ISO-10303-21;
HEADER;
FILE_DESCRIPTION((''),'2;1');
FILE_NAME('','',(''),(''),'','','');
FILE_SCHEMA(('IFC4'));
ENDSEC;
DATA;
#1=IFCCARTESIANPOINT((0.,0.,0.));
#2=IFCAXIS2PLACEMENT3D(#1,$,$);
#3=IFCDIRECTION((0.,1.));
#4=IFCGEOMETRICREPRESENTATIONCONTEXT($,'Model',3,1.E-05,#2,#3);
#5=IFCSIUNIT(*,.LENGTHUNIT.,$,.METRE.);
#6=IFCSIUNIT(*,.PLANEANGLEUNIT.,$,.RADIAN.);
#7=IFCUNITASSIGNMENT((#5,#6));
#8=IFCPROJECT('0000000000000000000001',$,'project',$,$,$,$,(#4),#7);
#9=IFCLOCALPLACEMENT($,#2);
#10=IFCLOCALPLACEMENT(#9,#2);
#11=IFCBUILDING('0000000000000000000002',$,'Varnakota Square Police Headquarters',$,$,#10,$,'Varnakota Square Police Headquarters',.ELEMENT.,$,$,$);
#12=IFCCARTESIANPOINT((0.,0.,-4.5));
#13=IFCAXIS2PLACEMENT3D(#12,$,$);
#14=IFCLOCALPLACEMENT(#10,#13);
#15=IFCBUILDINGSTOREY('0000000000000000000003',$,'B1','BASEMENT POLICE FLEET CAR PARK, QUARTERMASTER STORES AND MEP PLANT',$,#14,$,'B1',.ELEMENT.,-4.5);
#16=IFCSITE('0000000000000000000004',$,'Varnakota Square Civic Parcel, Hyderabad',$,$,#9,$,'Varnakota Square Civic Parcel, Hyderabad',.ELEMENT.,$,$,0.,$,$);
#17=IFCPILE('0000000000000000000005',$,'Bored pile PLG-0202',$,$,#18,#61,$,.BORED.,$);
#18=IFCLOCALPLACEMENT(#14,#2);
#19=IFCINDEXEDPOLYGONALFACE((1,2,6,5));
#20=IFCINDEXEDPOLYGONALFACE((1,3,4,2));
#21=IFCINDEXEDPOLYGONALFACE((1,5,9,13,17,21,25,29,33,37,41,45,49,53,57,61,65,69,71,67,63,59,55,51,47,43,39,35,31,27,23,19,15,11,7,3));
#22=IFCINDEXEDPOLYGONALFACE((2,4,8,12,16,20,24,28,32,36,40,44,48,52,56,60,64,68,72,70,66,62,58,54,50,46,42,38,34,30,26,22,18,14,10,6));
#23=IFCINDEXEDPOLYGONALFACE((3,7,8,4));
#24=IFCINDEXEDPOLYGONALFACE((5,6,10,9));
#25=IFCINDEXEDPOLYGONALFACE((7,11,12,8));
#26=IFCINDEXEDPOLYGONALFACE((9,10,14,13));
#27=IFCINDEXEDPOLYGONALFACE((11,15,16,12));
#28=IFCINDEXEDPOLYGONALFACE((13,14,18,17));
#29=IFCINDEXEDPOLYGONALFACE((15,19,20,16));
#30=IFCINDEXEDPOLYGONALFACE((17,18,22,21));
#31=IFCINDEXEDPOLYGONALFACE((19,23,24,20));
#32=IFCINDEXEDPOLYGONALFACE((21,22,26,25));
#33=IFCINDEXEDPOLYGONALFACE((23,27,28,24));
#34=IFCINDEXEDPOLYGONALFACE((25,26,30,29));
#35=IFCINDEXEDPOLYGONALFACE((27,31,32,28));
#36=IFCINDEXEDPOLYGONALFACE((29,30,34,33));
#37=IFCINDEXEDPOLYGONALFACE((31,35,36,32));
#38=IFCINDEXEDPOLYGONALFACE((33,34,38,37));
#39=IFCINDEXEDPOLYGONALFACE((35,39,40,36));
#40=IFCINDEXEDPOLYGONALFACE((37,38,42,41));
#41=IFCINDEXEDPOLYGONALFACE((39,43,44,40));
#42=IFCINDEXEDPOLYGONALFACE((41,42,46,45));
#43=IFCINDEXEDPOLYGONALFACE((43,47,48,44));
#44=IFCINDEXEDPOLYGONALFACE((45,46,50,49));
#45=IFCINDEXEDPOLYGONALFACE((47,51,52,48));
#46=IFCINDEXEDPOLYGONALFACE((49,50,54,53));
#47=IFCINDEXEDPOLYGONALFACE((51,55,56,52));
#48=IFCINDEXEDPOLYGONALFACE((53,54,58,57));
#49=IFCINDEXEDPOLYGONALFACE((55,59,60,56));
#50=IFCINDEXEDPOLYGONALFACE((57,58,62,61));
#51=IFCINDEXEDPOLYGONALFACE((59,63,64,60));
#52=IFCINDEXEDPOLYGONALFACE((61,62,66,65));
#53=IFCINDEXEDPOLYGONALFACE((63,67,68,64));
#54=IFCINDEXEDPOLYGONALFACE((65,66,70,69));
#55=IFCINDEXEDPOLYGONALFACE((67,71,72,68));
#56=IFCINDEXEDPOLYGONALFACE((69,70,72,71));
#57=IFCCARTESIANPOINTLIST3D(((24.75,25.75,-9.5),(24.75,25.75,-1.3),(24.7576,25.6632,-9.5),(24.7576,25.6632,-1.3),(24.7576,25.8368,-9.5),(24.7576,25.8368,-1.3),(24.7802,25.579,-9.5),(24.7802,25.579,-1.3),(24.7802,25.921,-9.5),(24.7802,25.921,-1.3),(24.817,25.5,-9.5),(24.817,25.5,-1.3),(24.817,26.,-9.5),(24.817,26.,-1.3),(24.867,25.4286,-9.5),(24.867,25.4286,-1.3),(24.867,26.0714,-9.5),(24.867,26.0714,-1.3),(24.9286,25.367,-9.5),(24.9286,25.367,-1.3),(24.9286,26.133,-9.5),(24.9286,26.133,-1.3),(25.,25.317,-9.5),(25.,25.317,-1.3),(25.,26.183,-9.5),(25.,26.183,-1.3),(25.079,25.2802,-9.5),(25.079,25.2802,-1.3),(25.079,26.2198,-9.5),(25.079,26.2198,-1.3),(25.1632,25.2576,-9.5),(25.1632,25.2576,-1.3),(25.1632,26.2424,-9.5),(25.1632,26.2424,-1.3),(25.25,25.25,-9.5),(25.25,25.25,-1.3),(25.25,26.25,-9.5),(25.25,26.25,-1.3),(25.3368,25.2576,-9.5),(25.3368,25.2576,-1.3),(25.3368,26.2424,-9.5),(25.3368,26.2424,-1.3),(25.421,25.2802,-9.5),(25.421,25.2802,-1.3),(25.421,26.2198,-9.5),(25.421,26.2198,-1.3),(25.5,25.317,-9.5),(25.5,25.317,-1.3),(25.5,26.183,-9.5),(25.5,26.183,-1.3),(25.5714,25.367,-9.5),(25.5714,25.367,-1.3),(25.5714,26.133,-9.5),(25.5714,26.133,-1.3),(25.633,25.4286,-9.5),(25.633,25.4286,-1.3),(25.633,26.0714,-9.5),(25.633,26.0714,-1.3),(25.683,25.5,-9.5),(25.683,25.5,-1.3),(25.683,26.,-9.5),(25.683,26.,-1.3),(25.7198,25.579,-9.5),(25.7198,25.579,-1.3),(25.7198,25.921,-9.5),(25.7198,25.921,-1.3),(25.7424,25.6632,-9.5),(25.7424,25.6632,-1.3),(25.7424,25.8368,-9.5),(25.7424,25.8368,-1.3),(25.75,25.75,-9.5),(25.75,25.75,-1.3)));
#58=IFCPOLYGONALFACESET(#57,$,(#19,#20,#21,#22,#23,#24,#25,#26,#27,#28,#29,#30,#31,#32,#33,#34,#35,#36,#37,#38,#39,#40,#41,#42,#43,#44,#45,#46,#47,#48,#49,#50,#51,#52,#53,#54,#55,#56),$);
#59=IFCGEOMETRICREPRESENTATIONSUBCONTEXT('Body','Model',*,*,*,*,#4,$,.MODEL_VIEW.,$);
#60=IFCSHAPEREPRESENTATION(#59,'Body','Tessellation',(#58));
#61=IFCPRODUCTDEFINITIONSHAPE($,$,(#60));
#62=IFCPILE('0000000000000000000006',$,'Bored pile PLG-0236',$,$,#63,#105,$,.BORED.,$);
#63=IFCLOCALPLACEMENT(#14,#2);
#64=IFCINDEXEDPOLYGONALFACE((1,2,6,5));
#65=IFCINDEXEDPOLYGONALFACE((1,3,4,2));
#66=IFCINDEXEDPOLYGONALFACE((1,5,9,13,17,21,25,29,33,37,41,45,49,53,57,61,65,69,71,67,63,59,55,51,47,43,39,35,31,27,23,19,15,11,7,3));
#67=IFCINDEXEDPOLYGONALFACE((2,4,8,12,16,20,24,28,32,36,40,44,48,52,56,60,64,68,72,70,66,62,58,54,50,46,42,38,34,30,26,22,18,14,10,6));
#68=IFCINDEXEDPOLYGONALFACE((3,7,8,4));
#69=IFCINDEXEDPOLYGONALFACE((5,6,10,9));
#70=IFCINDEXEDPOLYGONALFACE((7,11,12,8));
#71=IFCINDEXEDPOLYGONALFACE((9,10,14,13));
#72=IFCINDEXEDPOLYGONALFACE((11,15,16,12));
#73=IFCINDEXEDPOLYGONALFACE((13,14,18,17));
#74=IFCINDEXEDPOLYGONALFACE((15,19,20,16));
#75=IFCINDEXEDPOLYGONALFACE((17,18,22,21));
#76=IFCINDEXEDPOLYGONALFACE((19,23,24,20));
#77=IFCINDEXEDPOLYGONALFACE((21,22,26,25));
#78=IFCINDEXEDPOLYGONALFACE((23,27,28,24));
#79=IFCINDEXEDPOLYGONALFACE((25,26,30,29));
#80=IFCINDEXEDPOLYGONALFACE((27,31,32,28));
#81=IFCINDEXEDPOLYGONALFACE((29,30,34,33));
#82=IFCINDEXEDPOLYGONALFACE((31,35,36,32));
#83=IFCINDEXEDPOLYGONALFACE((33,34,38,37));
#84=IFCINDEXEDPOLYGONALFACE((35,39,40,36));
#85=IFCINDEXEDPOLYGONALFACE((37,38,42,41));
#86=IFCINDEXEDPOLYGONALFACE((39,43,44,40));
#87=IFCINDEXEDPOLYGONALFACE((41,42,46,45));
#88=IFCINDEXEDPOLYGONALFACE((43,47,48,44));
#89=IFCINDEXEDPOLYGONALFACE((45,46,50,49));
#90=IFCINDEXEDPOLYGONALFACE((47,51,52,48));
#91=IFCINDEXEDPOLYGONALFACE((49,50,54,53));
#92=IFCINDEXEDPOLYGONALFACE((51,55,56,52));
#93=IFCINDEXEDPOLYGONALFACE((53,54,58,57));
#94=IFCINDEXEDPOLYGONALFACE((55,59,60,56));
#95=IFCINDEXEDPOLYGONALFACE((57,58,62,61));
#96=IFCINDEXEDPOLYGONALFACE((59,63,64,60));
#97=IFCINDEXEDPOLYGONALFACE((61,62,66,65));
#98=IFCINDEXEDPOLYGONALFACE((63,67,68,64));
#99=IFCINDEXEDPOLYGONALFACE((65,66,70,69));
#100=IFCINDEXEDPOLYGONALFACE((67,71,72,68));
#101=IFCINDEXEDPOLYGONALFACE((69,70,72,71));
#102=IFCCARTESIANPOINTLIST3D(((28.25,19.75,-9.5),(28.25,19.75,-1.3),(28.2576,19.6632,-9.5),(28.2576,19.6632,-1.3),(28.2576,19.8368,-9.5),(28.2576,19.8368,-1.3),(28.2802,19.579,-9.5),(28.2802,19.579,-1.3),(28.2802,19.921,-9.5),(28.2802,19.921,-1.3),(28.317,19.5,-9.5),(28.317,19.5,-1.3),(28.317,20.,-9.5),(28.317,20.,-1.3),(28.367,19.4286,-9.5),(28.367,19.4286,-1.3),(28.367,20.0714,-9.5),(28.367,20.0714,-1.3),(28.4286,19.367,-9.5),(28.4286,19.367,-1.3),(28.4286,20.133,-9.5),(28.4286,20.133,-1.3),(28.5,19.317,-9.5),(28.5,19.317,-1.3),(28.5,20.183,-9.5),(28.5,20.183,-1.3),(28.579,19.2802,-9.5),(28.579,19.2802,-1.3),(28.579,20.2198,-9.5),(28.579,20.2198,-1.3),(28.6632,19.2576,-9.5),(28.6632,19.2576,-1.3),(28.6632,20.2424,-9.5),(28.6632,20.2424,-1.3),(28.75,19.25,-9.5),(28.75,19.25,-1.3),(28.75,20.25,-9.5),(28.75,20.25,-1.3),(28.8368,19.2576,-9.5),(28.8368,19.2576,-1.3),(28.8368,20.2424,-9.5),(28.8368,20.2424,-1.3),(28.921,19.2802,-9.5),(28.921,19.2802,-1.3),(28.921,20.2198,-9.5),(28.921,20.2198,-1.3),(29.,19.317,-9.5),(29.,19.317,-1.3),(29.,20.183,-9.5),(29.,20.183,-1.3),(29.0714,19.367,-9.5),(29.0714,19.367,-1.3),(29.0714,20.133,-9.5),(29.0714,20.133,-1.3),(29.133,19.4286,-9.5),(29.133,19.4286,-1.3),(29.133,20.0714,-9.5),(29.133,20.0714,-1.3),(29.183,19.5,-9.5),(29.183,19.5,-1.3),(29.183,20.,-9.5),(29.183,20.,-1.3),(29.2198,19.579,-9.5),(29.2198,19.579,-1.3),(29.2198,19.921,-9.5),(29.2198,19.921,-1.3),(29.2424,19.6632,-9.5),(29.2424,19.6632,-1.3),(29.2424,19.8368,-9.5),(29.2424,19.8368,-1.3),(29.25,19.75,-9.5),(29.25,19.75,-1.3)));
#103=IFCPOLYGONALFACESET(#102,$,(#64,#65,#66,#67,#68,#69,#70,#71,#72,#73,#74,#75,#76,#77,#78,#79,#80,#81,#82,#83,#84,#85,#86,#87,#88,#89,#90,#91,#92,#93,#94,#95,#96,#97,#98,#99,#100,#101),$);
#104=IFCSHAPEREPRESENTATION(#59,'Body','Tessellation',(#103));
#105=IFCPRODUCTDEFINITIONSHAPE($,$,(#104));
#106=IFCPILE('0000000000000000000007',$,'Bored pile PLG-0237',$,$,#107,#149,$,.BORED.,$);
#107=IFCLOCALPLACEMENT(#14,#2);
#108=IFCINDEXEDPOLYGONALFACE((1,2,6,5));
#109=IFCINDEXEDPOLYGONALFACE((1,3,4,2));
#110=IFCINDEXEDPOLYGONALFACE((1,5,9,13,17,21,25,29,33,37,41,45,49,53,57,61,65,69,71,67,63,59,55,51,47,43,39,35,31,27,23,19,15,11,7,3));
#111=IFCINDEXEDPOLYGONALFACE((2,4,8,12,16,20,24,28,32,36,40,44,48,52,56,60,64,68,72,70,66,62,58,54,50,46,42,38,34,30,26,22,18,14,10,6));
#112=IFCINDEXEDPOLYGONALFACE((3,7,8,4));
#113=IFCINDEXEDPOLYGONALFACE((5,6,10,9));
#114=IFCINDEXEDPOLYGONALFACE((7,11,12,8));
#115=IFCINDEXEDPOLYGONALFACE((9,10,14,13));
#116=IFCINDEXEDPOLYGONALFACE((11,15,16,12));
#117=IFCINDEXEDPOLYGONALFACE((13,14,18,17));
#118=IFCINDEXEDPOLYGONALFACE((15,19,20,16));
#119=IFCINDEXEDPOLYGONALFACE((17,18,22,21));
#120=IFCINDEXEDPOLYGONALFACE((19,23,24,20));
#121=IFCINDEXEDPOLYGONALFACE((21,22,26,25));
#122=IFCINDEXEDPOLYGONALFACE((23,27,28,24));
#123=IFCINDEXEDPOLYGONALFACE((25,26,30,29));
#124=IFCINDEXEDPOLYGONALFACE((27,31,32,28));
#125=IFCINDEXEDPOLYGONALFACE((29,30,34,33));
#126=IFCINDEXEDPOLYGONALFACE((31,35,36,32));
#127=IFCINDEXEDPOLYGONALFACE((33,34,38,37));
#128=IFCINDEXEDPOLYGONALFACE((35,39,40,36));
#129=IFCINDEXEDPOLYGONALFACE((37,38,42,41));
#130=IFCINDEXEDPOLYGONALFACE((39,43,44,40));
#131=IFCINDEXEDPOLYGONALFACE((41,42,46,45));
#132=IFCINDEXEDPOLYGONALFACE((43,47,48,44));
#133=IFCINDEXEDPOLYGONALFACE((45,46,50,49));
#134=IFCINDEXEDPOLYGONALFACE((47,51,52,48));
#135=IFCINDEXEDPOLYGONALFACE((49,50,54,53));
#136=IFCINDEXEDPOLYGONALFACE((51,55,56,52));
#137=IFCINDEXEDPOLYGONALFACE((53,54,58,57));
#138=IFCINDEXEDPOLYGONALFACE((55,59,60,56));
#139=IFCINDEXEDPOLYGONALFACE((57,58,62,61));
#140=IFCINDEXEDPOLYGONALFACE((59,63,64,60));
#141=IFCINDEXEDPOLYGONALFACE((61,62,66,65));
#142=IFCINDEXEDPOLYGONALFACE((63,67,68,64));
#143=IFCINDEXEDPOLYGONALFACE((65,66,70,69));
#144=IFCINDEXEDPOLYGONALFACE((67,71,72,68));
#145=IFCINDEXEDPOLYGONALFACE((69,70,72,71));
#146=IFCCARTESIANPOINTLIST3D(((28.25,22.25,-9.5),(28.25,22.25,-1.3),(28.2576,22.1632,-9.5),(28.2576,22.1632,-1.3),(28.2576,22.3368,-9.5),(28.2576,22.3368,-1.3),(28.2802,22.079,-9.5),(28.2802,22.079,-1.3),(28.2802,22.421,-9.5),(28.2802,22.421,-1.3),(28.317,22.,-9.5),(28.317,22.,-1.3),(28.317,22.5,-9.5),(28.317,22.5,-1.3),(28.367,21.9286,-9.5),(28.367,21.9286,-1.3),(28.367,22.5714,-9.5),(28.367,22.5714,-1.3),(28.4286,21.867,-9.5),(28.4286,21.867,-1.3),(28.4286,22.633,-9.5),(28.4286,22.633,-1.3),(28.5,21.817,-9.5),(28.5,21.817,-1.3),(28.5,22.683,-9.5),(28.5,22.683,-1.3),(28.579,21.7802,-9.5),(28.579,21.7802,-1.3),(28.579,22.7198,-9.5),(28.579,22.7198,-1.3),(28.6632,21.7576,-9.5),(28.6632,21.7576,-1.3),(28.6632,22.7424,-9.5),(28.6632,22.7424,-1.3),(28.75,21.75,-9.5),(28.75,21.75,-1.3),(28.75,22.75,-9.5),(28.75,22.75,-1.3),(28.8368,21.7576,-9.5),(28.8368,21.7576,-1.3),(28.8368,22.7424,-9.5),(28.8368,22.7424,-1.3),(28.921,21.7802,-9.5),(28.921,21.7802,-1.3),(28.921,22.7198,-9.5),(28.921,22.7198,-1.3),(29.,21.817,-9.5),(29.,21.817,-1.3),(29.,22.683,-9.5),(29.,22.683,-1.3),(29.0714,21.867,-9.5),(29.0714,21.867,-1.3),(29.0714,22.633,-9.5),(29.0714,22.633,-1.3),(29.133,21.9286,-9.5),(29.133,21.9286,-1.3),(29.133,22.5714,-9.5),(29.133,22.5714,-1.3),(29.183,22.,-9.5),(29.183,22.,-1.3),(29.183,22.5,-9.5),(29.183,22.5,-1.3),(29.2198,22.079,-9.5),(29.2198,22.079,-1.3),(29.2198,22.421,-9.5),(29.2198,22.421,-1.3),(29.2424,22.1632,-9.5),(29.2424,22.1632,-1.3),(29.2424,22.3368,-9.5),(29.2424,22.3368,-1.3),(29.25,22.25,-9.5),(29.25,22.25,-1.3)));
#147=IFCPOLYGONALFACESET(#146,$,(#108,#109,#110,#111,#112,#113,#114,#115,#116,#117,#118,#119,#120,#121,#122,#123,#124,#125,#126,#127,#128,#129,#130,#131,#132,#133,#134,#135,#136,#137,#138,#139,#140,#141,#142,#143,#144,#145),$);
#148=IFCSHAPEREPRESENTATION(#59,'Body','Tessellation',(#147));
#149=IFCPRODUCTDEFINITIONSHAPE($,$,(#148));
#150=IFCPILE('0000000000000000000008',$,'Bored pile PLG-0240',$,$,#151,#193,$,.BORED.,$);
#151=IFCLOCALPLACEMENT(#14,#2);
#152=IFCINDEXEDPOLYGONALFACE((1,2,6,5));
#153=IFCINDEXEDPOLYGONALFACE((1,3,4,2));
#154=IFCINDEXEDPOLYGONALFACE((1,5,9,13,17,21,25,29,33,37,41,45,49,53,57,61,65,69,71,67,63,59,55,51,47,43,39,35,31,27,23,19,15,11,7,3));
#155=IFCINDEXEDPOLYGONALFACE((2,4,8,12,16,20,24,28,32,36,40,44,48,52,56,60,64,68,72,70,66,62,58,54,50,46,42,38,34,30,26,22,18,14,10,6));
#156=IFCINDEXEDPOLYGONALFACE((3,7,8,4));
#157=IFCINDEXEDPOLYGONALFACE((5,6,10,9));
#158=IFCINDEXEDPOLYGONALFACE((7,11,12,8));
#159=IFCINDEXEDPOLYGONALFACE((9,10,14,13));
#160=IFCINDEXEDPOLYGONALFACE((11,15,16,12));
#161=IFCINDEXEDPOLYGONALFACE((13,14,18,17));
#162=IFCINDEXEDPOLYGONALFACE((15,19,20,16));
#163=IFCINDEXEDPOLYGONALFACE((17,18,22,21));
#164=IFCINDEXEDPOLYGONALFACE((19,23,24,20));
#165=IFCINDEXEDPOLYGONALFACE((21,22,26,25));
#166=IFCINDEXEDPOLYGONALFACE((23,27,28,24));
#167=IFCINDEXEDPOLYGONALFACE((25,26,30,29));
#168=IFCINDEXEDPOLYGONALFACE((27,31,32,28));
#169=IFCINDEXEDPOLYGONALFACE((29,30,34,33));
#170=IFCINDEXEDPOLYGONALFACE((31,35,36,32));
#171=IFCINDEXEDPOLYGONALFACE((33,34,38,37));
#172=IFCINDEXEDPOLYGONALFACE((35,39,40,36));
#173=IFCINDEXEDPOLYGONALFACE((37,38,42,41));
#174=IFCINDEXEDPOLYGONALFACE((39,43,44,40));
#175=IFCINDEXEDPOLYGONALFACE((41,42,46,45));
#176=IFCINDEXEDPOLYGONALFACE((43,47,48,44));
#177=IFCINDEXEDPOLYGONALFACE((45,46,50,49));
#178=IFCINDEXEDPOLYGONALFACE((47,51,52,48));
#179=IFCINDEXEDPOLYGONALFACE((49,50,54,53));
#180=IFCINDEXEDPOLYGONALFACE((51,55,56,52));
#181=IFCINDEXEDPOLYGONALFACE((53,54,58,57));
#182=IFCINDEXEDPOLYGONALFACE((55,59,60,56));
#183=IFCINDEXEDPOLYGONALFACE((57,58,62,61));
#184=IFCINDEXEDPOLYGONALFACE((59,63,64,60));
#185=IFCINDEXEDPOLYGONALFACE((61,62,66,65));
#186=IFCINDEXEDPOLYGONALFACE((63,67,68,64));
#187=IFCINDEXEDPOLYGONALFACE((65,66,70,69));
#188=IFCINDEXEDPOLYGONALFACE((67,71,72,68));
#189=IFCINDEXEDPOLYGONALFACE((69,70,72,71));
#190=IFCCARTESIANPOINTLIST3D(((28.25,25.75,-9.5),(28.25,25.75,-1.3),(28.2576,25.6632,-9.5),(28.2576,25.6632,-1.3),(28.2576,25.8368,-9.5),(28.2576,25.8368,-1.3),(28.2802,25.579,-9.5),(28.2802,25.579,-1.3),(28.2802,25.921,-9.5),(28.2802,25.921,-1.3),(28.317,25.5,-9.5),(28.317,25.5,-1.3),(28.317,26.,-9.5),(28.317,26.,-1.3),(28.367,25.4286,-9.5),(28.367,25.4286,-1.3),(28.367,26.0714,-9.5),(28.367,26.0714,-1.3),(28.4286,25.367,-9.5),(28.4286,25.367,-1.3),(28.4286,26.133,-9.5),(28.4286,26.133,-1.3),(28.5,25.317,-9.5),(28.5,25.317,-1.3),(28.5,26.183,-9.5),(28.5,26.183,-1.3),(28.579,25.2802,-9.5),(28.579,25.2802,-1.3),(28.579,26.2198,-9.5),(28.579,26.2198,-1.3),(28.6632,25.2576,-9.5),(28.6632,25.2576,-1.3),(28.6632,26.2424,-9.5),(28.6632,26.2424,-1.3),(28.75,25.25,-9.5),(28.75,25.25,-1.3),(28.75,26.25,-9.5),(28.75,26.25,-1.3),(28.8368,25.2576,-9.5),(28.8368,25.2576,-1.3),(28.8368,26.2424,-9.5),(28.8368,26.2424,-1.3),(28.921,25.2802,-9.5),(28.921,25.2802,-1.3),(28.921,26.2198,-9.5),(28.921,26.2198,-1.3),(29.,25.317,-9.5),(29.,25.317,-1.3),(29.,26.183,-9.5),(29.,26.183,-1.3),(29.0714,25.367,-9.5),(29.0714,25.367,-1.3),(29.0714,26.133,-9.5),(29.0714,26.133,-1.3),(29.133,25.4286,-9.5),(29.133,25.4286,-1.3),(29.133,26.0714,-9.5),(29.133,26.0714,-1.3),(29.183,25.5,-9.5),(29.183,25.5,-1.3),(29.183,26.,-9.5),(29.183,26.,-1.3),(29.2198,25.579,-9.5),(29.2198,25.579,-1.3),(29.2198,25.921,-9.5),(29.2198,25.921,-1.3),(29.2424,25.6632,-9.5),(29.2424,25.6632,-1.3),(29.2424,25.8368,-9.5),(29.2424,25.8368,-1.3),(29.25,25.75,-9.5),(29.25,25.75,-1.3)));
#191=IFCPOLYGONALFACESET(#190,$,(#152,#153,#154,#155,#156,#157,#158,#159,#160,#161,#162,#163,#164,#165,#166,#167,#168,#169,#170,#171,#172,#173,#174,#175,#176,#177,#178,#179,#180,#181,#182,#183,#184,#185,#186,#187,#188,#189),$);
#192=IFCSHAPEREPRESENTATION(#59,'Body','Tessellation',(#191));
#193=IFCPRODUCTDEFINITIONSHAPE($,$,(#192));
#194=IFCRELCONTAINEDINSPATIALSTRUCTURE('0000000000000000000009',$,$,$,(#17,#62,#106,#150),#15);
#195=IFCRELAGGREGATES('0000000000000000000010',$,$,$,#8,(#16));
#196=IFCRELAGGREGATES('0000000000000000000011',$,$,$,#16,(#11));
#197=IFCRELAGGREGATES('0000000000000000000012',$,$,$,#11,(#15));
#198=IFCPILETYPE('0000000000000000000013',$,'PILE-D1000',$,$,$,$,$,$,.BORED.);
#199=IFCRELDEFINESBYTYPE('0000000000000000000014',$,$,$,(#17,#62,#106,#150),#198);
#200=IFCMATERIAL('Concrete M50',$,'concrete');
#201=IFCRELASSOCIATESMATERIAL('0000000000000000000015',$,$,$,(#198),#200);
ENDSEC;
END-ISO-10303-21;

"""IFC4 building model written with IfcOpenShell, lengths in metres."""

from ifc_helpers import new_model, si_unit, direction, frame, origin, origin_2d, place, context, subcontext, project, spatial, circle, extrude, material, material_profile, profile_set, type_object, element, save


model = new_model("IFC4")

# Units and contexts
model_context = context("Model", 3, precision=1e-05, world=origin(), true_north=direction((0.0, 1.0)))
body_context = subcontext(model_context, "Body", "Model", "MODEL_VIEW")
ifc_project = project(units=[si_unit("LENGTHUNIT", "METRE"), si_unit("PLANEANGLEUNIT", "RADIAN")], contexts=[model_context])

# Site, building, storey
site_placement = place(None, origin())
site = spatial("IfcSite", under=ifc_project, at=site_placement, Name="Varnakota Square Civic Parcel, Hyderabad", LongName="Varnakota Square Civic Parcel, Hyderabad", CompositionType="ELEMENT", RefElevation=0.0)
building_placement = place(site_placement, origin())
building = spatial("IfcBuilding", under=site, at=building_placement, Name="Varnakota Square Police Headquarters", LongName="Varnakota Square Police Headquarters", CompositionType="ELEMENT")
storey_placement = place(building_placement, frame((0.0, 0.0, -4.5)))
storey = spatial("IfcBuildingStorey", under=building, at=storey_placement, Name="B1", Description="BASEMENT POLICE FLEET CAR PARK, QUARTERMASTER STORES AND MEP PLANT", LongName="B1", CompositionType="ELEMENT", Elevation=-4.5)

# Shared definitions
ifc_material_1 = material(Name="Concrete M50", Category="concrete")

# Piles
ifc_material_profile_1 = material_profile(ifc_material_1, circle(Radius=0.5, at=origin_2d()), Name="BORED PILE 1000")
ifc_profile_set_1 = profile_set([ifc_material_profile_1], Name="Concrete M50")
pile_type_1 = type_object("IfcPileType", Name="PILE-D1000", PredefinedType="BORED", material=ifc_profile_set_1)
for number, where, z_axis, x_axis, name in (
    (1, (25.25, 25.75, -1.3), (0.0, 0.0, -1.0), (1.0, 0.0, 0.0), "Bored pile PLG-0202"),
    (2, (28.75, 19.75, -1.3), (0.0, 0.0, -1.0), (1.0, 0.0, 0.0), "Bored pile PLG-0236"),
    (3, (28.75, 22.25, -1.3), (0.0, 0.0, -1.0), (1.0, 0.0, 0.0), "Bored pile PLG-0237"),
    (4, (28.75, 25.75, -1.3), (0.0, 0.0, -1.0), (1.0, 0.0, 0.0), "Bored pile PLG-0240"),
):
    element("IfcPile", number, at=place(storey_placement, frame(where, z_axis=z_axis, x_axis=x_axis)), inside=storey, type_object=pile_type_1, Name=name, PredefinedType="BORED", context=body_context, shape_type="SweptSolid", body=[
        extrude(circle(Radius=0.5, at=origin_2d()), origin(), (0.0, 0.0, 1.0), 8.2),
    ])

save(model, "model.ifc")
